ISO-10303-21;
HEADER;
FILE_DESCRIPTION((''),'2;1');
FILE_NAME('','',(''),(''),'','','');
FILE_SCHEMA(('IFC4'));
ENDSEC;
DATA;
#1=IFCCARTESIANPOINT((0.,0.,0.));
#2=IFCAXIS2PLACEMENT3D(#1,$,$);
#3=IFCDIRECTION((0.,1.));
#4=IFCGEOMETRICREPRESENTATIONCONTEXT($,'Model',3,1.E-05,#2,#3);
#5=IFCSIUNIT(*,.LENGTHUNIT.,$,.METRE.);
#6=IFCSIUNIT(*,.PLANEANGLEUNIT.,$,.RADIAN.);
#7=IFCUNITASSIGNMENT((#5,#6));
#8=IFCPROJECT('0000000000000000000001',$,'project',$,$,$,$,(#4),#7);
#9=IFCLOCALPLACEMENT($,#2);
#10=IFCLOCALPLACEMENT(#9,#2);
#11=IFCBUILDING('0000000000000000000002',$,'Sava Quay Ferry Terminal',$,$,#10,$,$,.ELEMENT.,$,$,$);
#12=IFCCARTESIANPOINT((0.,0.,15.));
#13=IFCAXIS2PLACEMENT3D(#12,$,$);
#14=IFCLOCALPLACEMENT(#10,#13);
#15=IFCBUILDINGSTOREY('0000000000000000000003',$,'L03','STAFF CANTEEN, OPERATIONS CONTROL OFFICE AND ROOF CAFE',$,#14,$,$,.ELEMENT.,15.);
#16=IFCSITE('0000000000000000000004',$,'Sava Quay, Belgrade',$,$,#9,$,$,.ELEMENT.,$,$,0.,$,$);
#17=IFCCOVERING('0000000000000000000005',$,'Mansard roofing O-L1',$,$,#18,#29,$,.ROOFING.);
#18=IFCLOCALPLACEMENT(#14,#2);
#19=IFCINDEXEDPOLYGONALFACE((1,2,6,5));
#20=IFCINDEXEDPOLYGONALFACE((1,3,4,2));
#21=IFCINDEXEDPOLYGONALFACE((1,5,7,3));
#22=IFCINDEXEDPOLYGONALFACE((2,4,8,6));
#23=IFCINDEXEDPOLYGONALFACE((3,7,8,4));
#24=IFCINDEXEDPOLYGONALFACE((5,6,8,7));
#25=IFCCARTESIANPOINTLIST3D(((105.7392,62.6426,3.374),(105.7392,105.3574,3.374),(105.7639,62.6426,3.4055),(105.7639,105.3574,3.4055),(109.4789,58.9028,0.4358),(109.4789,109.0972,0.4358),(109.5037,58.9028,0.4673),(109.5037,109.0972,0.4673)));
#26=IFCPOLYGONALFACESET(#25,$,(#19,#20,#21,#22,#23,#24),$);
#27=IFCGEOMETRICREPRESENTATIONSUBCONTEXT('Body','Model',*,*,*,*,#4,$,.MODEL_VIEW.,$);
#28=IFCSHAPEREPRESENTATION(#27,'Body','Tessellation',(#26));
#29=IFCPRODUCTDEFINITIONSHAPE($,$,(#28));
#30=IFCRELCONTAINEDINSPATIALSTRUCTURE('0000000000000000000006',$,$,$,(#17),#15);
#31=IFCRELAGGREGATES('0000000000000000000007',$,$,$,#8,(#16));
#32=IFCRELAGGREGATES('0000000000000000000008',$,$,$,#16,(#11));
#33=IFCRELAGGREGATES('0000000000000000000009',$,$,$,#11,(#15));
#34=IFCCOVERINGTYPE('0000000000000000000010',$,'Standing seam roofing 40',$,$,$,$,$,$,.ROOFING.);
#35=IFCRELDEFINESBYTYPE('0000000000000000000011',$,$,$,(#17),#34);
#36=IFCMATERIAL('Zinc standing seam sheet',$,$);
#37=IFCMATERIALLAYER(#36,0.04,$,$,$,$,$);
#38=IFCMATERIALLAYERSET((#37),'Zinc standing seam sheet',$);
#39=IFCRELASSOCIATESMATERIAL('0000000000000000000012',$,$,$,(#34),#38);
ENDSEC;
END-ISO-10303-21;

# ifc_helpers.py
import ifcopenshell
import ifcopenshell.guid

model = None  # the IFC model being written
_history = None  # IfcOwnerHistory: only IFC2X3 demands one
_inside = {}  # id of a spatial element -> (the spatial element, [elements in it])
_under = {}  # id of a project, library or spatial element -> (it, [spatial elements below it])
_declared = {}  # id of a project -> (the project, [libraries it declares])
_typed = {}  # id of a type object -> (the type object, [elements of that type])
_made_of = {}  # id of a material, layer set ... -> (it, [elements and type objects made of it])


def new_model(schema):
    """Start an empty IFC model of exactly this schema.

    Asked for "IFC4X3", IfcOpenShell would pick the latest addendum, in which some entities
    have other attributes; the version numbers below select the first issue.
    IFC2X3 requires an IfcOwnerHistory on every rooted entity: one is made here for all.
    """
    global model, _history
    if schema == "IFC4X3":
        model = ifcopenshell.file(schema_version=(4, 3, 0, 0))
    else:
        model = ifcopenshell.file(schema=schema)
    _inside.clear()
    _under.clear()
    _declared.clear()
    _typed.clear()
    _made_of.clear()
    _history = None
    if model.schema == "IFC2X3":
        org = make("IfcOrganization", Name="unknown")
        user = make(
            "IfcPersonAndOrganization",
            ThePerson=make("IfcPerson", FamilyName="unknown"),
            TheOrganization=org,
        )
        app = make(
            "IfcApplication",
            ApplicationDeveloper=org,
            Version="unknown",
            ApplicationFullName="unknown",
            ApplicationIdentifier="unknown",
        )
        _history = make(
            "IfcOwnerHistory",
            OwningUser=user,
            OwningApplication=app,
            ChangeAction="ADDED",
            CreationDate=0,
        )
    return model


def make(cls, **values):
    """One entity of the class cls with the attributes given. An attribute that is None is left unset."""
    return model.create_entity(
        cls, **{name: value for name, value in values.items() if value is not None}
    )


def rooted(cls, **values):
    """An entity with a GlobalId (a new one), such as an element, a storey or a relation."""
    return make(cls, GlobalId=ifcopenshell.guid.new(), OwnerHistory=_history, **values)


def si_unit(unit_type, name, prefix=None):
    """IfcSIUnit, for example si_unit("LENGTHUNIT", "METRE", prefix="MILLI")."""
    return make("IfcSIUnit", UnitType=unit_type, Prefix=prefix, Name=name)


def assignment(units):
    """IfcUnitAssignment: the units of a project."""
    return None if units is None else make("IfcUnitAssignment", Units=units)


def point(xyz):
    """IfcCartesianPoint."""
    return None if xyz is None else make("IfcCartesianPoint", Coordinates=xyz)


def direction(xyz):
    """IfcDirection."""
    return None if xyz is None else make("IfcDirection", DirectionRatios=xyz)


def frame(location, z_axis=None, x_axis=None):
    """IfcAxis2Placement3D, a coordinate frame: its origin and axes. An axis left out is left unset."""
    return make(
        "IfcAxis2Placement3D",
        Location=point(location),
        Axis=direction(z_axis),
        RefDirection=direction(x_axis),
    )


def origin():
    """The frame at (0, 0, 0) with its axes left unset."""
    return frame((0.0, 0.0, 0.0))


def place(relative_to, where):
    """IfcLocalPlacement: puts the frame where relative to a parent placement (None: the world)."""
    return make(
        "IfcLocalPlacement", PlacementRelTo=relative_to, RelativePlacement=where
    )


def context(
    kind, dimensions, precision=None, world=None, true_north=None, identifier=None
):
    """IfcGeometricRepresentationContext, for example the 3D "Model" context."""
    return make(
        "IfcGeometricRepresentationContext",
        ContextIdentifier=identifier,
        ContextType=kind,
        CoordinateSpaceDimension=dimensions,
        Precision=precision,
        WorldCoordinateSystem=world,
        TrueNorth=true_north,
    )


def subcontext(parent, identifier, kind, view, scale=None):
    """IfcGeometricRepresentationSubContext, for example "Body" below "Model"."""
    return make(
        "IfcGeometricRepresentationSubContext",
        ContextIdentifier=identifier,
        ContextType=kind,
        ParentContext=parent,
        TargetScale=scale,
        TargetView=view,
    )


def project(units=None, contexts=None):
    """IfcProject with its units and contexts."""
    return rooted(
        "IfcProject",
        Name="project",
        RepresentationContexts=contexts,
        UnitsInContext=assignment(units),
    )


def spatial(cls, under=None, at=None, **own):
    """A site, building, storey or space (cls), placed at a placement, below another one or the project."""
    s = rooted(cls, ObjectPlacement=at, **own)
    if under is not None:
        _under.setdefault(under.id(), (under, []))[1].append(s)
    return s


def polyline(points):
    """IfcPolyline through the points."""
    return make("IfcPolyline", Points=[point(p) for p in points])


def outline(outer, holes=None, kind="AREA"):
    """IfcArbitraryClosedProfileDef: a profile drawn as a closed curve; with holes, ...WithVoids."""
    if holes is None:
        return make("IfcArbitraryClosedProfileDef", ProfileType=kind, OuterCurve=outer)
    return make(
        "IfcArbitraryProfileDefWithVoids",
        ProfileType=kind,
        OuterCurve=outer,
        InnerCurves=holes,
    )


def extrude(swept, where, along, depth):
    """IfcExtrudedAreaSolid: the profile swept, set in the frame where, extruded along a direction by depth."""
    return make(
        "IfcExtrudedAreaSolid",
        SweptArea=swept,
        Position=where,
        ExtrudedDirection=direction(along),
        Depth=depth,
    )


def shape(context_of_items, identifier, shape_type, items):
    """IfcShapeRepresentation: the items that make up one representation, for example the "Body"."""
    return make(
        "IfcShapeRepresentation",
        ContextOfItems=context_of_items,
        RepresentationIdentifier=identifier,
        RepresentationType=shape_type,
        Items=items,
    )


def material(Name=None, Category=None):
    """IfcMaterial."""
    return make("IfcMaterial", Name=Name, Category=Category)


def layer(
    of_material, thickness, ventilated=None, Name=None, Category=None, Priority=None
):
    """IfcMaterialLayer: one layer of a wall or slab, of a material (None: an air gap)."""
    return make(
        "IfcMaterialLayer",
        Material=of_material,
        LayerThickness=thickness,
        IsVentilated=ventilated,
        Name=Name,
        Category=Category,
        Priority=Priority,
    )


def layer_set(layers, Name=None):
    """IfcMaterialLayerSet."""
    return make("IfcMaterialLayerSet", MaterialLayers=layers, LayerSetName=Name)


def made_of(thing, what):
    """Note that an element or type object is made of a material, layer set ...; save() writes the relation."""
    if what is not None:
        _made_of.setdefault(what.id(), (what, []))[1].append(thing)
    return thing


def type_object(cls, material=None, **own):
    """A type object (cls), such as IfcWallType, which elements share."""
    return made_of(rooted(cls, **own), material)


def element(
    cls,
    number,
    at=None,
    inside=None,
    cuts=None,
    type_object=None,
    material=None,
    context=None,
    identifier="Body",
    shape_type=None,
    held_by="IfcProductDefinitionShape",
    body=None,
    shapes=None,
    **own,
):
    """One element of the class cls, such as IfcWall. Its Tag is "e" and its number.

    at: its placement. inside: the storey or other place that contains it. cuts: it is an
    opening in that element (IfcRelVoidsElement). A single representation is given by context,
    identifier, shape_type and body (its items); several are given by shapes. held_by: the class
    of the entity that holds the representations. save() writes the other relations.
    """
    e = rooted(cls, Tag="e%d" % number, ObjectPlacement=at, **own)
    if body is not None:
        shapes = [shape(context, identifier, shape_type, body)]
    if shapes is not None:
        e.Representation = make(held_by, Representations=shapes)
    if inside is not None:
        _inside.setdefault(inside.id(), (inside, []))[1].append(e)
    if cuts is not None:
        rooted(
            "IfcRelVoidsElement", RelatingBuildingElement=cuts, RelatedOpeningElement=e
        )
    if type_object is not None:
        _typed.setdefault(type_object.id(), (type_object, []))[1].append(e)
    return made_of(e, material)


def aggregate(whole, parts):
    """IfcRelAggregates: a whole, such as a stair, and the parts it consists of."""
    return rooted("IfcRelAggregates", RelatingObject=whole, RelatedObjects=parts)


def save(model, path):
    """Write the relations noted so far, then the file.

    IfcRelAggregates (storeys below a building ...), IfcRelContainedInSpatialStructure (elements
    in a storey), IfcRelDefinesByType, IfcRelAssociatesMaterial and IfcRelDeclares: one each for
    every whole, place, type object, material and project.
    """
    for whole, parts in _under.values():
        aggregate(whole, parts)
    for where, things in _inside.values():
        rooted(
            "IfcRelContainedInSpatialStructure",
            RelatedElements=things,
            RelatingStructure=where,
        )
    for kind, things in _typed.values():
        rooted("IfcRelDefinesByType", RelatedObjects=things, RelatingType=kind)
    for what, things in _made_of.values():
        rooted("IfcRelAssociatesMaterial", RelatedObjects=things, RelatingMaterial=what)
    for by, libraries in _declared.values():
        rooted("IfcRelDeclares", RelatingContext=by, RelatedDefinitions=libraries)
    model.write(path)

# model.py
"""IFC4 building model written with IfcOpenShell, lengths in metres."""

from ifc_helpers import new_model, si_unit, direction, frame, origin, place, context, subcontext, project, spatial, polyline, outline, extrude, material, layer, layer_set, type_object, element, save


model = new_model("IFC4")

# Units and contexts
model_context = context("Model", 3, precision=1e-05, world=origin(), true_north=direction((0.0, 1.0)))
body_context = subcontext(model_context, "Body", "Model", "MODEL_VIEW")
ifc_project = project(units=[si_unit("LENGTHUNIT", "METRE"), si_unit("PLANEANGLEUNIT", "RADIAN")], contexts=[model_context])

# Site, building, storey
site_placement = place(None, origin())
site = spatial("IfcSite", under=ifc_project, at=site_placement, Name="Sava Quay, Belgrade", CompositionType="ELEMENT", RefElevation=0.0)
building_placement = place(site_placement, origin())
building = spatial("IfcBuilding", under=site, at=building_placement, Name="Sava Quay Ferry Terminal", CompositionType="ELEMENT")
storey_placement = place(building_placement, frame((0.0, 0.0, 15.0)))
storey = spatial("IfcBuildingStorey", under=building, at=storey_placement, Name="L03", Description="STAFF CANTEEN, OPERATIONS CONTROL OFFICE AND ROOF CAFE", CompositionType="ELEMENT", Elevation=15.0)

# Covering
ifc_material_1 = material(Name="Zinc standing seam sheet")
ifc_layer_1 = layer(ifc_material_1, 0.04)
ifc_layer_set_1 = layer_set([ifc_layer_1], Name="Zinc standing seam sheet")
covering_type_1 = type_object("IfcCoveringType", Name="Standing seam roofing 40", PredefinedType="ROOFING", material=ifc_layer_set_1)
covering_1_placement = place(storey_placement, frame((109.5037, 58.9028, 0.4673), z_axis=(0.617803, 0.0, 0.786333), x_axis=(-0.618122, 0.618122, 0.485644)))
element("IfcCovering", 1, at=covering_1_placement, inside=storey, type_object=covering_type_1, Name="Mansard roofing O-L1", PredefinedType="ROOFING", context=body_context, shape_type="SweptSolid", body=[
    extrude(outline(polyline([(0.0, 0.0), (6.0502, 0.0), (32.4532, -33.5774), (31.0262, -39.4569), (0.0, 0.0)])), origin(), (0.0, 0.0, -1.0), 0.04),
])

save(model, "model.ifc")
